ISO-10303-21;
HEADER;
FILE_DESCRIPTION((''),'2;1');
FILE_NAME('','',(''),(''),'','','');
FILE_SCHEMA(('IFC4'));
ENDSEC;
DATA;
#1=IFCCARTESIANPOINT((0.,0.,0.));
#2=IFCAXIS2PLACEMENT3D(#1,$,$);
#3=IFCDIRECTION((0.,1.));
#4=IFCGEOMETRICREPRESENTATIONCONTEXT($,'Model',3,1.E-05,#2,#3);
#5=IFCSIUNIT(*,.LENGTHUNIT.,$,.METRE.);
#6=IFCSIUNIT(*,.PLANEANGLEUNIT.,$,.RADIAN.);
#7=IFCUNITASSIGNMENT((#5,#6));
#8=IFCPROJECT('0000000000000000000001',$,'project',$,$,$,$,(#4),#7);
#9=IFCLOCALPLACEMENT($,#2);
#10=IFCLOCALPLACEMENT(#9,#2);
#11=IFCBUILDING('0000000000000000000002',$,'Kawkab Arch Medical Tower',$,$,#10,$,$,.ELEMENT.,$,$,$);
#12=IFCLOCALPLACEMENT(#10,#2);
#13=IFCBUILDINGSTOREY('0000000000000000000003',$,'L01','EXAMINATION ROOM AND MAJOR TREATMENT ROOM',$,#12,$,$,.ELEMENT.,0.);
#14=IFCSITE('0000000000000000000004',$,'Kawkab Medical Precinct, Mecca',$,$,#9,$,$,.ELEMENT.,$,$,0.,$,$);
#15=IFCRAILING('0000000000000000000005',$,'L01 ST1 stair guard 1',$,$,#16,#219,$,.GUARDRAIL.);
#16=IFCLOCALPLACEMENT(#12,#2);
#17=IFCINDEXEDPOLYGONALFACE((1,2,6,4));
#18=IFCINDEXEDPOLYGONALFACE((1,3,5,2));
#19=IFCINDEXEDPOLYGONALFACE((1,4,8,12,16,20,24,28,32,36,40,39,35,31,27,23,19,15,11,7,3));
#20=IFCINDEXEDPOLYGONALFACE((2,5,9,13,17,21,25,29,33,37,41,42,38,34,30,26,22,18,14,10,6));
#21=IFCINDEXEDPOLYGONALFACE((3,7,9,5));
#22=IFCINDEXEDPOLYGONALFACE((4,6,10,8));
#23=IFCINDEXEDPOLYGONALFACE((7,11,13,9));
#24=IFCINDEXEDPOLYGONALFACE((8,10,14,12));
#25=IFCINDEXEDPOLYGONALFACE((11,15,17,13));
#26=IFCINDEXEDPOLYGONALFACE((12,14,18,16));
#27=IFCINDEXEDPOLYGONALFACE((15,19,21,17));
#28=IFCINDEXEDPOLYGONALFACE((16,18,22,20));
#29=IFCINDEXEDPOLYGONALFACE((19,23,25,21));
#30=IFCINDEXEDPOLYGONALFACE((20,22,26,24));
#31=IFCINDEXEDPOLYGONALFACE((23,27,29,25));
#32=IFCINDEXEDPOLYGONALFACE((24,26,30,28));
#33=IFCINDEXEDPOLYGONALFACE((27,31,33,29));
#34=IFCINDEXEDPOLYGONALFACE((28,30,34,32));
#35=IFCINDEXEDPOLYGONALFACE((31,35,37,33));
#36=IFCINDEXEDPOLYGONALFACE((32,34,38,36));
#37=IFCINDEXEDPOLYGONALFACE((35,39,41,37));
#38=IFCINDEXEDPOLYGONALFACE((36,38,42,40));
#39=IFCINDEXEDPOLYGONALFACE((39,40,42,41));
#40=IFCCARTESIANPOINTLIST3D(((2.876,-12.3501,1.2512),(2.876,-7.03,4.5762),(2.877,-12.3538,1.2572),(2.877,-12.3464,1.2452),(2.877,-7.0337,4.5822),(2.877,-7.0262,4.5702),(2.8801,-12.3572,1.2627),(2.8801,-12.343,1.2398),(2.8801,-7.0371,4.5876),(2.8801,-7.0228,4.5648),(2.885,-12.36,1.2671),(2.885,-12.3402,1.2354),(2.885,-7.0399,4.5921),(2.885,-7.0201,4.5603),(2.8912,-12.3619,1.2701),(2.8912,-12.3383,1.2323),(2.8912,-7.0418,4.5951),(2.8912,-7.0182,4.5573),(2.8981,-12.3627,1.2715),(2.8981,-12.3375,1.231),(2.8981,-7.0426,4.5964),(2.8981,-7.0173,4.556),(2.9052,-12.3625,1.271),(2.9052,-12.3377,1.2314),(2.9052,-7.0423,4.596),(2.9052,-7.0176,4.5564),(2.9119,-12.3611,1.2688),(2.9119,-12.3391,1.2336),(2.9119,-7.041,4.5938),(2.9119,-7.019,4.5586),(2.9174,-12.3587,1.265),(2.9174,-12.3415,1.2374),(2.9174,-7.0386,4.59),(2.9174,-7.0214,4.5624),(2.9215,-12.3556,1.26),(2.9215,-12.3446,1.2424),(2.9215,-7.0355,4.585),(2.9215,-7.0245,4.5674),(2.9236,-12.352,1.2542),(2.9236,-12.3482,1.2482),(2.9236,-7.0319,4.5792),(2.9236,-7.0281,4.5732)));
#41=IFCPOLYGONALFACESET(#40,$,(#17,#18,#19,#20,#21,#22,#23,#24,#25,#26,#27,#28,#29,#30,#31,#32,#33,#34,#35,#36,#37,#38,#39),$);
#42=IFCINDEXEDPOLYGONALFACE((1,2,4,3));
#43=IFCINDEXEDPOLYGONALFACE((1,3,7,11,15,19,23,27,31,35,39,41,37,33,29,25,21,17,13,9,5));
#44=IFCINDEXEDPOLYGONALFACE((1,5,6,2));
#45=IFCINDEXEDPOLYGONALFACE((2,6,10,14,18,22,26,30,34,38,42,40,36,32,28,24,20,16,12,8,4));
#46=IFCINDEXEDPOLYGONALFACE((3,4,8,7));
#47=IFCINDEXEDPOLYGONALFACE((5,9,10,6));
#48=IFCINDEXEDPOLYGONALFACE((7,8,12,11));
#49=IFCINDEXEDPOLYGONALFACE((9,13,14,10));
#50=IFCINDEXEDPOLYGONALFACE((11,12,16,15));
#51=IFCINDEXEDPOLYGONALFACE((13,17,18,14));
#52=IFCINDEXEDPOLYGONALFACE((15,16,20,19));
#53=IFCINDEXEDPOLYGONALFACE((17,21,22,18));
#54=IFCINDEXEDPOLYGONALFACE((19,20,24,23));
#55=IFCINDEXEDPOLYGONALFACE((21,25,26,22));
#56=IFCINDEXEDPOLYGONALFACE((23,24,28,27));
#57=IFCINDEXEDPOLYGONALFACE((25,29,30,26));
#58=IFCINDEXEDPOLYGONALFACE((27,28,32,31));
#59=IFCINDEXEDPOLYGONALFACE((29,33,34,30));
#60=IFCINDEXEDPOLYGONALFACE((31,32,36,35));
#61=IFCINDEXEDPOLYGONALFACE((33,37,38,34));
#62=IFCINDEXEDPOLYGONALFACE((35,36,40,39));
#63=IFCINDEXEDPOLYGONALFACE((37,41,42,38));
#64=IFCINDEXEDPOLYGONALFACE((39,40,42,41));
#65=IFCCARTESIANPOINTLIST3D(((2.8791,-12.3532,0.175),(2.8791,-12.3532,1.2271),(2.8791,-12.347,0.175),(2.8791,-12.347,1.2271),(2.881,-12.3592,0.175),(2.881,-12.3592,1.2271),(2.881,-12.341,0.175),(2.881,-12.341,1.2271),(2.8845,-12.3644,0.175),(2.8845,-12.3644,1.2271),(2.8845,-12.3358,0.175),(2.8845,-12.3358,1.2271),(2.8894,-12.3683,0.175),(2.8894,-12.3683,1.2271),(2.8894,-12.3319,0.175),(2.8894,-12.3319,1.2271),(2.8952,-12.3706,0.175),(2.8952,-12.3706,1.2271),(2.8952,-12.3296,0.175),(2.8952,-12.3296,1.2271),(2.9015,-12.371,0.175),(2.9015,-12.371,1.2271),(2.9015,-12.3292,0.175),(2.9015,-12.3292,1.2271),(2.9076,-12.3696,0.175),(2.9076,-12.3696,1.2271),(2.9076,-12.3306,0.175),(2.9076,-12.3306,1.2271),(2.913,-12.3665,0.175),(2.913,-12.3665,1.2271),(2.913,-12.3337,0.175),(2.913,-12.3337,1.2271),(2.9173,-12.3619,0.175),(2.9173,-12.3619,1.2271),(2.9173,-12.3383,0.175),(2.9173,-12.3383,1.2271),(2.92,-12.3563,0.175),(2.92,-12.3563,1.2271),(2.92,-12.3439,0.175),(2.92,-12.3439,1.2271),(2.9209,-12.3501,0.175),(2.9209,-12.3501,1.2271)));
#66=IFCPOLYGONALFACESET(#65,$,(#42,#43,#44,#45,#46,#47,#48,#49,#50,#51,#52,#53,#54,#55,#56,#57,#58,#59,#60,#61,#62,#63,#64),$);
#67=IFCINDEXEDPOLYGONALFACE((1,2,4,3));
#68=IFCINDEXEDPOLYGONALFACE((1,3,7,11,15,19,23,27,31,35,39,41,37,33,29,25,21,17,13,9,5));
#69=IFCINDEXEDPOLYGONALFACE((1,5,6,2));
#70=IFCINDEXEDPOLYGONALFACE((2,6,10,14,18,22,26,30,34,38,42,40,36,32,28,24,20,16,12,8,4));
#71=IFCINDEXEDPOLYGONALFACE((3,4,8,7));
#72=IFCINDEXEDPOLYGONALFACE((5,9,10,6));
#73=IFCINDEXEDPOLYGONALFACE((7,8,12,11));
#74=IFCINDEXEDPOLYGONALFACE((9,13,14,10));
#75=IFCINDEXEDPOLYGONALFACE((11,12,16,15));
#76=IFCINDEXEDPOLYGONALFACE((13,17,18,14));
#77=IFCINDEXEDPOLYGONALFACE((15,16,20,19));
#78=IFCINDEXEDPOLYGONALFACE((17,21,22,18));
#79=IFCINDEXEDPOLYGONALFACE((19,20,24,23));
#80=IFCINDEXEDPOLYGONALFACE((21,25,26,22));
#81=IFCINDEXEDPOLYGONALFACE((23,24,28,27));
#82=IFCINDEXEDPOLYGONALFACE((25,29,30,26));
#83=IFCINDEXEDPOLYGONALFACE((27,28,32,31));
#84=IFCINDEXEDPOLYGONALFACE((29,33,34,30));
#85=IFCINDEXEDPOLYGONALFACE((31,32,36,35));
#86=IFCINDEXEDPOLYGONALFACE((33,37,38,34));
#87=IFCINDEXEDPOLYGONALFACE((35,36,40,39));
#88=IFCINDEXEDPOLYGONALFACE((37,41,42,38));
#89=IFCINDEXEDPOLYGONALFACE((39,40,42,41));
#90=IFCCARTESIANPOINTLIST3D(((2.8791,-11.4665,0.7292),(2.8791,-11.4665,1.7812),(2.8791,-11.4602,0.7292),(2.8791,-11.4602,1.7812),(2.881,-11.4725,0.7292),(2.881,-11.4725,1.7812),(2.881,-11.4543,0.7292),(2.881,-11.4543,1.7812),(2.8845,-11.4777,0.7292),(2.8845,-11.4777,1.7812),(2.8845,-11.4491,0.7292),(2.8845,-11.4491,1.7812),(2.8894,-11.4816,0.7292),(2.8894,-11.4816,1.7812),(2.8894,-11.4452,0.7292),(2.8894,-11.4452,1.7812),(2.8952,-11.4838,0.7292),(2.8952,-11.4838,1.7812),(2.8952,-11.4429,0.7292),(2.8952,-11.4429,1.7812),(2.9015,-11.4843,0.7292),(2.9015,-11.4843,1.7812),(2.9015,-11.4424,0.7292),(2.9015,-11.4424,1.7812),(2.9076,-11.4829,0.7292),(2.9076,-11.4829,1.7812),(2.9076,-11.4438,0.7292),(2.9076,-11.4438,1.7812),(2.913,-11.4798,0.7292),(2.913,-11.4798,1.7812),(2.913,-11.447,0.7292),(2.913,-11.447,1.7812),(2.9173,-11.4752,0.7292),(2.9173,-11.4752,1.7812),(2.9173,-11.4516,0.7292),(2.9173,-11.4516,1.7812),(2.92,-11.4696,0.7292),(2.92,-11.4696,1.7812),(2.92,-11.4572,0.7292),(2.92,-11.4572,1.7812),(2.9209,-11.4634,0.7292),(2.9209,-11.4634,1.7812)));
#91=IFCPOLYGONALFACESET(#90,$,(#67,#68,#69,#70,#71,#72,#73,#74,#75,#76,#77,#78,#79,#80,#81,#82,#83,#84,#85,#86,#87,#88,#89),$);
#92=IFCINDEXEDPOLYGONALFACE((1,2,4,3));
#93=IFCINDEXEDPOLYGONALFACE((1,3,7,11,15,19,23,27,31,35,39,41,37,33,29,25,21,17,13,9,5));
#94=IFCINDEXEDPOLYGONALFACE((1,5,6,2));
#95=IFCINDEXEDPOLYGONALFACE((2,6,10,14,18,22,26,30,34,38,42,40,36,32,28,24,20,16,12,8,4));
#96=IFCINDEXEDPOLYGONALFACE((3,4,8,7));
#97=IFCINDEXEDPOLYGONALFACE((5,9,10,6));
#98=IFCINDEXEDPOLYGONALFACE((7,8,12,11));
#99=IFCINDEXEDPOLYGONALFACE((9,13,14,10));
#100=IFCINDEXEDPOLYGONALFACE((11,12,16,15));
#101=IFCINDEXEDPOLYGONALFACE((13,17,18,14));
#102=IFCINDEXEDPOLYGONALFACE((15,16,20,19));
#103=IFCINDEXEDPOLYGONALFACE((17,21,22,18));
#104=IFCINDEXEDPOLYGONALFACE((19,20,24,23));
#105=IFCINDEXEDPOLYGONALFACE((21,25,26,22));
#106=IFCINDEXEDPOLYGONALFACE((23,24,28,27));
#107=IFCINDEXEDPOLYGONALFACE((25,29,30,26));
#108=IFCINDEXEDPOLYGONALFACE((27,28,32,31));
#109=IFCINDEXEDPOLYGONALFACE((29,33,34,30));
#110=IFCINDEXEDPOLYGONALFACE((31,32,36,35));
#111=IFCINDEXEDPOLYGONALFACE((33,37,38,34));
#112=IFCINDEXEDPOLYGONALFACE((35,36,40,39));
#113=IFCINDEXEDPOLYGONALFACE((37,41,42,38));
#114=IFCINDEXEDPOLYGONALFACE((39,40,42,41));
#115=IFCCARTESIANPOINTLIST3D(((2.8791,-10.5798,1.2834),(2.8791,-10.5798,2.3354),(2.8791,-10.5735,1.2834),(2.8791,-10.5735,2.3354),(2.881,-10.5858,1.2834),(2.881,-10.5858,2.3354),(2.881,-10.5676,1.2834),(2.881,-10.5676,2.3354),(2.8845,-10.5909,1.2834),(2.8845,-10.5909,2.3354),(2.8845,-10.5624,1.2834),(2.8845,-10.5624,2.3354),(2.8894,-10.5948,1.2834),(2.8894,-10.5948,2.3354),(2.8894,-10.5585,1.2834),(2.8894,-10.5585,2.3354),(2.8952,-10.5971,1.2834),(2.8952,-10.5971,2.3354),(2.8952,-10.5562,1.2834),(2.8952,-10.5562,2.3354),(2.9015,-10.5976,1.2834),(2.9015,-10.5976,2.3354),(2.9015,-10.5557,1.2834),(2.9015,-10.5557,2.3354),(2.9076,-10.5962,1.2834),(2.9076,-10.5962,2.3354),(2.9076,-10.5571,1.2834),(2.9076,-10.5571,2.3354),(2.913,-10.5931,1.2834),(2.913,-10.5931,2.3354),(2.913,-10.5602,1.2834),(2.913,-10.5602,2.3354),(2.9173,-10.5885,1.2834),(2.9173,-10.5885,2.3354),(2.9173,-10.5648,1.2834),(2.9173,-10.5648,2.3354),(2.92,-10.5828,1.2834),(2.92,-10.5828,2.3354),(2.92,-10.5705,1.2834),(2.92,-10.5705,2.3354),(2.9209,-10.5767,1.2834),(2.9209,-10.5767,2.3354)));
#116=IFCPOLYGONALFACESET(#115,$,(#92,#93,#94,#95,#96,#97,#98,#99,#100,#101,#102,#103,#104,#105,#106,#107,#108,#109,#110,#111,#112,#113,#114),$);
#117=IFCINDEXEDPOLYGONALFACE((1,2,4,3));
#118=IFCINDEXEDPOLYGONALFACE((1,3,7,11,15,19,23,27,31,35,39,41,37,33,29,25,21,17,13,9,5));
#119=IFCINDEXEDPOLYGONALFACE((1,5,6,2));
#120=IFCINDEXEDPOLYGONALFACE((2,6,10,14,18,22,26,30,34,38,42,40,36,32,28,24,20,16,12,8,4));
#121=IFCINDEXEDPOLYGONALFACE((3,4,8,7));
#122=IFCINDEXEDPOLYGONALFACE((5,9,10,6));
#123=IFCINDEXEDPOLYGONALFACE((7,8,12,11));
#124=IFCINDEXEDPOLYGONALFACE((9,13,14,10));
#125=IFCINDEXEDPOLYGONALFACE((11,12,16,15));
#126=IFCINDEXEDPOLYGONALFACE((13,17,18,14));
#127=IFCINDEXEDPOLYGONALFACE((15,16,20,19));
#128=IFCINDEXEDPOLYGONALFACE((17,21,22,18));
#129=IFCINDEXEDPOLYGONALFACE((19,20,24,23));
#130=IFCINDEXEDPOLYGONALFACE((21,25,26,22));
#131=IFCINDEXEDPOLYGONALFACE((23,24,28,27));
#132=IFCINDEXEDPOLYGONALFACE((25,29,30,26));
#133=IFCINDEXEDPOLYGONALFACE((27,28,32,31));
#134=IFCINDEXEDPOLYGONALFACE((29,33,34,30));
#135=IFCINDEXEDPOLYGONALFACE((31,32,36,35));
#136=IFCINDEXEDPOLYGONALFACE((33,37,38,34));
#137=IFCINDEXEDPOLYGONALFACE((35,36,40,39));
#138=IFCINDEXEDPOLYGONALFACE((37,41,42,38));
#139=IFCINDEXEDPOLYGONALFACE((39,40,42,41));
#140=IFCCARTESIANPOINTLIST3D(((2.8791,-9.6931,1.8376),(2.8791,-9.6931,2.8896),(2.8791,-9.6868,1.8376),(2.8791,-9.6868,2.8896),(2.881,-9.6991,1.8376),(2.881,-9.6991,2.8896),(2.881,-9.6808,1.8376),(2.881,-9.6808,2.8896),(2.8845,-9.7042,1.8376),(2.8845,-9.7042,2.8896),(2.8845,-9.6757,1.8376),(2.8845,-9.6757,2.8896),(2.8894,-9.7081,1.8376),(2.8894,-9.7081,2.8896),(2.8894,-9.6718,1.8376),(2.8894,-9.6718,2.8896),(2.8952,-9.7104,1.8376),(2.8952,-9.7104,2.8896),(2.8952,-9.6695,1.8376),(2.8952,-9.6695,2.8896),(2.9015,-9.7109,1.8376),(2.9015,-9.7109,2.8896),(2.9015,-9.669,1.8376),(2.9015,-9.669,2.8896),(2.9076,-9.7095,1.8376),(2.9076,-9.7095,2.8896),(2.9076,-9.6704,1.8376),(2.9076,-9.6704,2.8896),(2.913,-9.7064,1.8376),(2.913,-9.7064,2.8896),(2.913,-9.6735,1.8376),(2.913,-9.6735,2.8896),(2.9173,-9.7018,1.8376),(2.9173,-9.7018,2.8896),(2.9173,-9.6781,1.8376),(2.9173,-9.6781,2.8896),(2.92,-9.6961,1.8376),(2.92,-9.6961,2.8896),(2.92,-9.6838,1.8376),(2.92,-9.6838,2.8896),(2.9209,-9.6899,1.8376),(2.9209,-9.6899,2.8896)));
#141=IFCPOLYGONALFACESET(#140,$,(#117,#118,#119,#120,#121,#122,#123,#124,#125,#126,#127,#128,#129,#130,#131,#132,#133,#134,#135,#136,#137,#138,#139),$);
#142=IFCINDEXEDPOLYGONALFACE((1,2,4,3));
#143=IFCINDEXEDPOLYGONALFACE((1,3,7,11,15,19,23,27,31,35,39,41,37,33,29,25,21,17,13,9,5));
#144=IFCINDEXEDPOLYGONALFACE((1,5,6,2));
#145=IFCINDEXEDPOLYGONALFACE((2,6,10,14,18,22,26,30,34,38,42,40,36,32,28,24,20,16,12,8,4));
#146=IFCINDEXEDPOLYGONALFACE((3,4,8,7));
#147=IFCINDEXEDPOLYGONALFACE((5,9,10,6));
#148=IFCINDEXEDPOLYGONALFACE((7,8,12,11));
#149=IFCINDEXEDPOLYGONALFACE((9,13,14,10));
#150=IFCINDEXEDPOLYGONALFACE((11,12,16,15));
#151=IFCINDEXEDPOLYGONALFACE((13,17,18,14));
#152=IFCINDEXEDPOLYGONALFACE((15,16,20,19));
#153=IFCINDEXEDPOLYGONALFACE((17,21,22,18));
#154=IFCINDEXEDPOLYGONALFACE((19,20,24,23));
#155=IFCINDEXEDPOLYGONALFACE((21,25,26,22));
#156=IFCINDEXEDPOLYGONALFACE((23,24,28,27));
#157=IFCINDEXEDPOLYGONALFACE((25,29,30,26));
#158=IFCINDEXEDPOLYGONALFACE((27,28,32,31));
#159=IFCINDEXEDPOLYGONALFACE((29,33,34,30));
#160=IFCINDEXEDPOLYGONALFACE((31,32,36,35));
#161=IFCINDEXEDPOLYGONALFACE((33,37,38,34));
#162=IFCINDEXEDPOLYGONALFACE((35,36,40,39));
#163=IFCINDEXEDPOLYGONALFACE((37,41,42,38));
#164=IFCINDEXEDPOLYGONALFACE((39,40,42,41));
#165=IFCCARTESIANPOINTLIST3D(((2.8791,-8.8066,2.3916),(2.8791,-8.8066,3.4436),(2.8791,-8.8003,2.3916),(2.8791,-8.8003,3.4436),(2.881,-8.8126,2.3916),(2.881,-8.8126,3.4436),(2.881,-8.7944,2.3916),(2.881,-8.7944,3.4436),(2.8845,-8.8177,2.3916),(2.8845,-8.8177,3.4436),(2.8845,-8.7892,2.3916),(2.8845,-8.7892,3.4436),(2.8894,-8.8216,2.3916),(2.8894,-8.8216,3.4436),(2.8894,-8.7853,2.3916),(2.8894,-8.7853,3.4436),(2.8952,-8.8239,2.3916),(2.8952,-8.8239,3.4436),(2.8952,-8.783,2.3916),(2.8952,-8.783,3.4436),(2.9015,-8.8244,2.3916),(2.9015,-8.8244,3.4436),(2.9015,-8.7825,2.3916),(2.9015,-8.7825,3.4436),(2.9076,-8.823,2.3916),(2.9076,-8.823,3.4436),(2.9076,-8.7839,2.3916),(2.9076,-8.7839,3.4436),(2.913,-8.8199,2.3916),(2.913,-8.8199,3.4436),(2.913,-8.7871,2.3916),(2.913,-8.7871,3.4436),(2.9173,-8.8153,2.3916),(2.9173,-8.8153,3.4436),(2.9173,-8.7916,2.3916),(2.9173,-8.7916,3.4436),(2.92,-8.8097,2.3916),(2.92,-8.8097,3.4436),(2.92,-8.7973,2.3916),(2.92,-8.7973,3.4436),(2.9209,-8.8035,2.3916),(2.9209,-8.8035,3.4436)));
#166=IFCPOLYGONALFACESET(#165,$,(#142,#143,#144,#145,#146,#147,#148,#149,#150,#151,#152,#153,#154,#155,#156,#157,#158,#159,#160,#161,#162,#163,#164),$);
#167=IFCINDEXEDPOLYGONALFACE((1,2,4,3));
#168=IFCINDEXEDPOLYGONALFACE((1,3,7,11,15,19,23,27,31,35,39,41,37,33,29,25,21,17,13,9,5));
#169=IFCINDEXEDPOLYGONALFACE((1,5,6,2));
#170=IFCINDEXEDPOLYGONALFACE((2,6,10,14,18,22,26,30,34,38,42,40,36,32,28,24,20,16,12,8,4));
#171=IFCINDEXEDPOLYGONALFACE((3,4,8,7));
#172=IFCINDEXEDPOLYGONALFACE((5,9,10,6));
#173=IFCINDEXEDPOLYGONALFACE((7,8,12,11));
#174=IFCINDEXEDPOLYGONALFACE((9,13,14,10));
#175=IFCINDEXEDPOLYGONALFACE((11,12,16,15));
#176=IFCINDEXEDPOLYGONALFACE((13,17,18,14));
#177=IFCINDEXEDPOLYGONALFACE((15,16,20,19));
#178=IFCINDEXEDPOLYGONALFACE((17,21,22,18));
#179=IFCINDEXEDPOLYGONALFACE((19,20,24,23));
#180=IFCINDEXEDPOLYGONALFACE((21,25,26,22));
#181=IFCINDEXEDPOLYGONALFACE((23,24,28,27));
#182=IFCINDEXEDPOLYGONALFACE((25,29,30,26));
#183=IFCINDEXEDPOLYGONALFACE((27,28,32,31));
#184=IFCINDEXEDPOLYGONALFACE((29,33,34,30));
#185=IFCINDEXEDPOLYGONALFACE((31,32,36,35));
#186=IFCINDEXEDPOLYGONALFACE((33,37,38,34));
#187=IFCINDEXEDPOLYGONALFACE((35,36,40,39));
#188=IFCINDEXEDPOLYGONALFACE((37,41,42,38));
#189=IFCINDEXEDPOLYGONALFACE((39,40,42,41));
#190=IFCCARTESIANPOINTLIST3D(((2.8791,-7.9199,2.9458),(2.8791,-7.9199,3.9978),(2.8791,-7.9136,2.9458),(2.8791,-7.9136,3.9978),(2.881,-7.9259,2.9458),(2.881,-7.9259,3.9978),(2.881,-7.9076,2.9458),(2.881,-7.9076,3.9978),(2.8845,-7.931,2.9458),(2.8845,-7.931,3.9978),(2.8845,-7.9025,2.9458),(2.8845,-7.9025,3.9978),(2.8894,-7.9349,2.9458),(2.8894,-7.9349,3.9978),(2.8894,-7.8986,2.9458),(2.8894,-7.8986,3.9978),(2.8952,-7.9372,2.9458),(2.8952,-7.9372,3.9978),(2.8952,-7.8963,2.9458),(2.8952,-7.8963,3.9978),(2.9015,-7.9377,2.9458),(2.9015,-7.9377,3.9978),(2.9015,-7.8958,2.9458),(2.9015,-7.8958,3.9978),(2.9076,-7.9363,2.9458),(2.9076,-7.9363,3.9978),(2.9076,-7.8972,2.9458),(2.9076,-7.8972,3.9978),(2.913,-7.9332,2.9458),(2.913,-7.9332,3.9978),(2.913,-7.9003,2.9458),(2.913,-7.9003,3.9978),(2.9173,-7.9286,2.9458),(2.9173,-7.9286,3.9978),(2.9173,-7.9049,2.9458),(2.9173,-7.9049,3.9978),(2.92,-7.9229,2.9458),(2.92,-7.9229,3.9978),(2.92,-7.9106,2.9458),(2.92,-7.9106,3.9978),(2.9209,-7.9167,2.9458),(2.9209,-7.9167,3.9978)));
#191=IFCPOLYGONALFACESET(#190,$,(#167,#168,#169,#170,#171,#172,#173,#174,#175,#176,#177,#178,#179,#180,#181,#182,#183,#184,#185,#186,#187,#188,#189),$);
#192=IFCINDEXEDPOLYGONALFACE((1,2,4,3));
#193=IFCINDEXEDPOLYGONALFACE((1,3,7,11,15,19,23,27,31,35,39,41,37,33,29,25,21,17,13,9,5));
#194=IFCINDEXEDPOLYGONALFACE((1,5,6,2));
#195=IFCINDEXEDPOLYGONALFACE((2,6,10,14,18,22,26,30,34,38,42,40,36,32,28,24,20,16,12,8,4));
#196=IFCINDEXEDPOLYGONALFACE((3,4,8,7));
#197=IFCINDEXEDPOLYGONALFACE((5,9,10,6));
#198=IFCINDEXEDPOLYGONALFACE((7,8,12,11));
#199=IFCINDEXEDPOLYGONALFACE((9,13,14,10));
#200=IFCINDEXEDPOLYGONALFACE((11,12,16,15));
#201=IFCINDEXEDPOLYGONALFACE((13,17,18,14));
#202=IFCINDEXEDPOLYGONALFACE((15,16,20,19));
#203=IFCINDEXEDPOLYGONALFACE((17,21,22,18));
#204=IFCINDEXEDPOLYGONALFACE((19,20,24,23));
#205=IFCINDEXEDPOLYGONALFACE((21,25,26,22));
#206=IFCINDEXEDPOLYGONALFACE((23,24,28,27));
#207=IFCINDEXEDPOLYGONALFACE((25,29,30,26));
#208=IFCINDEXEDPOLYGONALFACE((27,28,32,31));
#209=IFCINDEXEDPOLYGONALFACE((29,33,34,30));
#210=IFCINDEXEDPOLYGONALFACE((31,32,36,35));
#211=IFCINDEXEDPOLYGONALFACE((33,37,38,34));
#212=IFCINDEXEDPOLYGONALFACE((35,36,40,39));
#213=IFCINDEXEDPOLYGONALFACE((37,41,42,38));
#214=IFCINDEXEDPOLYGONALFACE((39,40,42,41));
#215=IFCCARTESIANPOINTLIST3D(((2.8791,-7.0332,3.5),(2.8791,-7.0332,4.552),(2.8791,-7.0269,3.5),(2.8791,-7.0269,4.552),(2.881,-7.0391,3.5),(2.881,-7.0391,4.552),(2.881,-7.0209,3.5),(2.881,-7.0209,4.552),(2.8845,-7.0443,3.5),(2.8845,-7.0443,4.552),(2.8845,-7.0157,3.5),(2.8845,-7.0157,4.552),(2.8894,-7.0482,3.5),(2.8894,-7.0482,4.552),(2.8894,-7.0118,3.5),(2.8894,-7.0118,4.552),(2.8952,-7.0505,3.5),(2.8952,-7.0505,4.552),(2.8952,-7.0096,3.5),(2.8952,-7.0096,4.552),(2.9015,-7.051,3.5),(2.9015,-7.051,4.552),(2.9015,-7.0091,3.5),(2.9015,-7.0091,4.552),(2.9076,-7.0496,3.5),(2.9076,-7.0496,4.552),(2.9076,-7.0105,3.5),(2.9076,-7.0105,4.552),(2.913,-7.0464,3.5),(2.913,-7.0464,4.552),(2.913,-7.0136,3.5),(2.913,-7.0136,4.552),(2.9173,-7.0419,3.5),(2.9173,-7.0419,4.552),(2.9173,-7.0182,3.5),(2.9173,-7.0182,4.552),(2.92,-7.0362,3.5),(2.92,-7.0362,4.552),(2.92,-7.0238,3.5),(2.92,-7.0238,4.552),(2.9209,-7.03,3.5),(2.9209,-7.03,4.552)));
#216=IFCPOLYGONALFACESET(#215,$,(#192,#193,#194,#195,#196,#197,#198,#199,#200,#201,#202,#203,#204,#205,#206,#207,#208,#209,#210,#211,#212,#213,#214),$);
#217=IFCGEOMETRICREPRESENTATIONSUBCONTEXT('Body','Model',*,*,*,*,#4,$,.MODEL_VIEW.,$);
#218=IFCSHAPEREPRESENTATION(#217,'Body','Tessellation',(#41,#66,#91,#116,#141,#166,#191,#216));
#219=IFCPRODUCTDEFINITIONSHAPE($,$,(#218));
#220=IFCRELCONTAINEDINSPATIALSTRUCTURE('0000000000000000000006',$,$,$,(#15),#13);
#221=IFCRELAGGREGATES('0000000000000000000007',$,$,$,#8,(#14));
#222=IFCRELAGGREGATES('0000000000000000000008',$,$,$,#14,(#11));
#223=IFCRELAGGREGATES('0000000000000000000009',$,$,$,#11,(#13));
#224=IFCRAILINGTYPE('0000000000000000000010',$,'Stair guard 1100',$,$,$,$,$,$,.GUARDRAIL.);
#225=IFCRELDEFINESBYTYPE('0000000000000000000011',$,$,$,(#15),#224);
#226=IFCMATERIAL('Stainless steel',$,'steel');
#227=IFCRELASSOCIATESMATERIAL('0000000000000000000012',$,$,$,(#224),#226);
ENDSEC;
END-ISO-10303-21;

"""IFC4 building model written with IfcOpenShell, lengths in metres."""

from ifc_helpers import new_model, si_unit, direction, frame, origin, origin_2d, place, context, subcontext, project, spatial, circle, extrude, material, type_object, element, save


model = new_model("IFC4")

# Units and contexts
model_context = context("Model", 3, precision=1e-05, world=origin(), true_north=direction((0.0, 1.0)))
body_context = subcontext(model_context, "Body", "Model", "MODEL_VIEW")
ifc_project = project(units=[si_unit("LENGTHUNIT", "METRE"), si_unit("PLANEANGLEUNIT", "RADIAN")], contexts=[model_context])

# Site, building, storey
site_placement = place(None, origin())
site = spatial("IfcSite", under=ifc_project, at=site_placement, Name="Kawkab Medical Precinct, Mecca", CompositionType="ELEMENT", RefElevation=0.0)
building_placement = place(site_placement, origin())
building = spatial("IfcBuilding", under=site, at=building_placement, Name="Kawkab Arch Medical Tower", CompositionType="ELEMENT")
storey_placement = place(building_placement, origin())
storey = spatial("IfcBuildingStorey", under=building, at=storey_placement, Name="L01", Description="EXAMINATION ROOM AND MAJOR TREATMENT ROOM", CompositionType="ELEMENT", Elevation=0.0)

# Railing
ifc_material_1 = material(Name="Stainless steel", Category="steel")
railing_type = type_object("IfcRailingType", Name="Stair guard 1100", PredefinedType="GUARDRAIL", material=ifc_material_1)
railing_1_placement = place(storey_placement, frame((2.8999, -12.3501, 0.175)))
element("IfcRailing", 1, at=railing_1_placement, inside=storey, type_object=railing_type, Name="L01 ST1 stair guard 1", PredefinedType="GUARDRAIL", context=body_context, shape_type="SweptSolid", body=[
    extrude(circle(Radius=0.0239, at=origin_2d()), frame((0.0, 0.0, 1.0762), z_axis=(0.0, 0.848005, 0.529988), x_axis=(-1.0, 0.0, 0.0)), (0.0, 0.0, 1.0), 6.2737),
    extrude(circle(Radius=0.021, at=origin_2d()), origin(), (0.0, 0.0, 1.0), 1.052),
    extrude(circle(Radius=0.021, at=origin_2d()), frame((0.0, 0.8867, 0.5542)), (0.0, 0.0, 1.0), 1.052),
    extrude(circle(Radius=0.021, at=origin_2d()), frame((0.0, 1.7734, 1.1084)), (0.0, 0.0, 1.0), 1.052),
    extrude(circle(Radius=0.021, at=origin_2d()), frame((0.0, 2.6602, 1.6626)), (0.0, 0.0, 1.0), 1.052),
    extrude(circle(Radius=0.021, at=origin_2d()), frame((0.0, 3.5466, 2.2166)), (0.0, 0.0, 1.0), 1.052),
    extrude(circle(Radius=0.021, at=origin_2d()), frame((0.0, 4.4333, 2.7708)), (0.0, 0.0, 1.0), 1.052),
    extrude(circle(Radius=0.021, at=origin_2d()), frame((0.0, 5.3201, 3.325)), (0.0, 0.0, 1.0), 1.052),
])

save(model, "model.ifc")
